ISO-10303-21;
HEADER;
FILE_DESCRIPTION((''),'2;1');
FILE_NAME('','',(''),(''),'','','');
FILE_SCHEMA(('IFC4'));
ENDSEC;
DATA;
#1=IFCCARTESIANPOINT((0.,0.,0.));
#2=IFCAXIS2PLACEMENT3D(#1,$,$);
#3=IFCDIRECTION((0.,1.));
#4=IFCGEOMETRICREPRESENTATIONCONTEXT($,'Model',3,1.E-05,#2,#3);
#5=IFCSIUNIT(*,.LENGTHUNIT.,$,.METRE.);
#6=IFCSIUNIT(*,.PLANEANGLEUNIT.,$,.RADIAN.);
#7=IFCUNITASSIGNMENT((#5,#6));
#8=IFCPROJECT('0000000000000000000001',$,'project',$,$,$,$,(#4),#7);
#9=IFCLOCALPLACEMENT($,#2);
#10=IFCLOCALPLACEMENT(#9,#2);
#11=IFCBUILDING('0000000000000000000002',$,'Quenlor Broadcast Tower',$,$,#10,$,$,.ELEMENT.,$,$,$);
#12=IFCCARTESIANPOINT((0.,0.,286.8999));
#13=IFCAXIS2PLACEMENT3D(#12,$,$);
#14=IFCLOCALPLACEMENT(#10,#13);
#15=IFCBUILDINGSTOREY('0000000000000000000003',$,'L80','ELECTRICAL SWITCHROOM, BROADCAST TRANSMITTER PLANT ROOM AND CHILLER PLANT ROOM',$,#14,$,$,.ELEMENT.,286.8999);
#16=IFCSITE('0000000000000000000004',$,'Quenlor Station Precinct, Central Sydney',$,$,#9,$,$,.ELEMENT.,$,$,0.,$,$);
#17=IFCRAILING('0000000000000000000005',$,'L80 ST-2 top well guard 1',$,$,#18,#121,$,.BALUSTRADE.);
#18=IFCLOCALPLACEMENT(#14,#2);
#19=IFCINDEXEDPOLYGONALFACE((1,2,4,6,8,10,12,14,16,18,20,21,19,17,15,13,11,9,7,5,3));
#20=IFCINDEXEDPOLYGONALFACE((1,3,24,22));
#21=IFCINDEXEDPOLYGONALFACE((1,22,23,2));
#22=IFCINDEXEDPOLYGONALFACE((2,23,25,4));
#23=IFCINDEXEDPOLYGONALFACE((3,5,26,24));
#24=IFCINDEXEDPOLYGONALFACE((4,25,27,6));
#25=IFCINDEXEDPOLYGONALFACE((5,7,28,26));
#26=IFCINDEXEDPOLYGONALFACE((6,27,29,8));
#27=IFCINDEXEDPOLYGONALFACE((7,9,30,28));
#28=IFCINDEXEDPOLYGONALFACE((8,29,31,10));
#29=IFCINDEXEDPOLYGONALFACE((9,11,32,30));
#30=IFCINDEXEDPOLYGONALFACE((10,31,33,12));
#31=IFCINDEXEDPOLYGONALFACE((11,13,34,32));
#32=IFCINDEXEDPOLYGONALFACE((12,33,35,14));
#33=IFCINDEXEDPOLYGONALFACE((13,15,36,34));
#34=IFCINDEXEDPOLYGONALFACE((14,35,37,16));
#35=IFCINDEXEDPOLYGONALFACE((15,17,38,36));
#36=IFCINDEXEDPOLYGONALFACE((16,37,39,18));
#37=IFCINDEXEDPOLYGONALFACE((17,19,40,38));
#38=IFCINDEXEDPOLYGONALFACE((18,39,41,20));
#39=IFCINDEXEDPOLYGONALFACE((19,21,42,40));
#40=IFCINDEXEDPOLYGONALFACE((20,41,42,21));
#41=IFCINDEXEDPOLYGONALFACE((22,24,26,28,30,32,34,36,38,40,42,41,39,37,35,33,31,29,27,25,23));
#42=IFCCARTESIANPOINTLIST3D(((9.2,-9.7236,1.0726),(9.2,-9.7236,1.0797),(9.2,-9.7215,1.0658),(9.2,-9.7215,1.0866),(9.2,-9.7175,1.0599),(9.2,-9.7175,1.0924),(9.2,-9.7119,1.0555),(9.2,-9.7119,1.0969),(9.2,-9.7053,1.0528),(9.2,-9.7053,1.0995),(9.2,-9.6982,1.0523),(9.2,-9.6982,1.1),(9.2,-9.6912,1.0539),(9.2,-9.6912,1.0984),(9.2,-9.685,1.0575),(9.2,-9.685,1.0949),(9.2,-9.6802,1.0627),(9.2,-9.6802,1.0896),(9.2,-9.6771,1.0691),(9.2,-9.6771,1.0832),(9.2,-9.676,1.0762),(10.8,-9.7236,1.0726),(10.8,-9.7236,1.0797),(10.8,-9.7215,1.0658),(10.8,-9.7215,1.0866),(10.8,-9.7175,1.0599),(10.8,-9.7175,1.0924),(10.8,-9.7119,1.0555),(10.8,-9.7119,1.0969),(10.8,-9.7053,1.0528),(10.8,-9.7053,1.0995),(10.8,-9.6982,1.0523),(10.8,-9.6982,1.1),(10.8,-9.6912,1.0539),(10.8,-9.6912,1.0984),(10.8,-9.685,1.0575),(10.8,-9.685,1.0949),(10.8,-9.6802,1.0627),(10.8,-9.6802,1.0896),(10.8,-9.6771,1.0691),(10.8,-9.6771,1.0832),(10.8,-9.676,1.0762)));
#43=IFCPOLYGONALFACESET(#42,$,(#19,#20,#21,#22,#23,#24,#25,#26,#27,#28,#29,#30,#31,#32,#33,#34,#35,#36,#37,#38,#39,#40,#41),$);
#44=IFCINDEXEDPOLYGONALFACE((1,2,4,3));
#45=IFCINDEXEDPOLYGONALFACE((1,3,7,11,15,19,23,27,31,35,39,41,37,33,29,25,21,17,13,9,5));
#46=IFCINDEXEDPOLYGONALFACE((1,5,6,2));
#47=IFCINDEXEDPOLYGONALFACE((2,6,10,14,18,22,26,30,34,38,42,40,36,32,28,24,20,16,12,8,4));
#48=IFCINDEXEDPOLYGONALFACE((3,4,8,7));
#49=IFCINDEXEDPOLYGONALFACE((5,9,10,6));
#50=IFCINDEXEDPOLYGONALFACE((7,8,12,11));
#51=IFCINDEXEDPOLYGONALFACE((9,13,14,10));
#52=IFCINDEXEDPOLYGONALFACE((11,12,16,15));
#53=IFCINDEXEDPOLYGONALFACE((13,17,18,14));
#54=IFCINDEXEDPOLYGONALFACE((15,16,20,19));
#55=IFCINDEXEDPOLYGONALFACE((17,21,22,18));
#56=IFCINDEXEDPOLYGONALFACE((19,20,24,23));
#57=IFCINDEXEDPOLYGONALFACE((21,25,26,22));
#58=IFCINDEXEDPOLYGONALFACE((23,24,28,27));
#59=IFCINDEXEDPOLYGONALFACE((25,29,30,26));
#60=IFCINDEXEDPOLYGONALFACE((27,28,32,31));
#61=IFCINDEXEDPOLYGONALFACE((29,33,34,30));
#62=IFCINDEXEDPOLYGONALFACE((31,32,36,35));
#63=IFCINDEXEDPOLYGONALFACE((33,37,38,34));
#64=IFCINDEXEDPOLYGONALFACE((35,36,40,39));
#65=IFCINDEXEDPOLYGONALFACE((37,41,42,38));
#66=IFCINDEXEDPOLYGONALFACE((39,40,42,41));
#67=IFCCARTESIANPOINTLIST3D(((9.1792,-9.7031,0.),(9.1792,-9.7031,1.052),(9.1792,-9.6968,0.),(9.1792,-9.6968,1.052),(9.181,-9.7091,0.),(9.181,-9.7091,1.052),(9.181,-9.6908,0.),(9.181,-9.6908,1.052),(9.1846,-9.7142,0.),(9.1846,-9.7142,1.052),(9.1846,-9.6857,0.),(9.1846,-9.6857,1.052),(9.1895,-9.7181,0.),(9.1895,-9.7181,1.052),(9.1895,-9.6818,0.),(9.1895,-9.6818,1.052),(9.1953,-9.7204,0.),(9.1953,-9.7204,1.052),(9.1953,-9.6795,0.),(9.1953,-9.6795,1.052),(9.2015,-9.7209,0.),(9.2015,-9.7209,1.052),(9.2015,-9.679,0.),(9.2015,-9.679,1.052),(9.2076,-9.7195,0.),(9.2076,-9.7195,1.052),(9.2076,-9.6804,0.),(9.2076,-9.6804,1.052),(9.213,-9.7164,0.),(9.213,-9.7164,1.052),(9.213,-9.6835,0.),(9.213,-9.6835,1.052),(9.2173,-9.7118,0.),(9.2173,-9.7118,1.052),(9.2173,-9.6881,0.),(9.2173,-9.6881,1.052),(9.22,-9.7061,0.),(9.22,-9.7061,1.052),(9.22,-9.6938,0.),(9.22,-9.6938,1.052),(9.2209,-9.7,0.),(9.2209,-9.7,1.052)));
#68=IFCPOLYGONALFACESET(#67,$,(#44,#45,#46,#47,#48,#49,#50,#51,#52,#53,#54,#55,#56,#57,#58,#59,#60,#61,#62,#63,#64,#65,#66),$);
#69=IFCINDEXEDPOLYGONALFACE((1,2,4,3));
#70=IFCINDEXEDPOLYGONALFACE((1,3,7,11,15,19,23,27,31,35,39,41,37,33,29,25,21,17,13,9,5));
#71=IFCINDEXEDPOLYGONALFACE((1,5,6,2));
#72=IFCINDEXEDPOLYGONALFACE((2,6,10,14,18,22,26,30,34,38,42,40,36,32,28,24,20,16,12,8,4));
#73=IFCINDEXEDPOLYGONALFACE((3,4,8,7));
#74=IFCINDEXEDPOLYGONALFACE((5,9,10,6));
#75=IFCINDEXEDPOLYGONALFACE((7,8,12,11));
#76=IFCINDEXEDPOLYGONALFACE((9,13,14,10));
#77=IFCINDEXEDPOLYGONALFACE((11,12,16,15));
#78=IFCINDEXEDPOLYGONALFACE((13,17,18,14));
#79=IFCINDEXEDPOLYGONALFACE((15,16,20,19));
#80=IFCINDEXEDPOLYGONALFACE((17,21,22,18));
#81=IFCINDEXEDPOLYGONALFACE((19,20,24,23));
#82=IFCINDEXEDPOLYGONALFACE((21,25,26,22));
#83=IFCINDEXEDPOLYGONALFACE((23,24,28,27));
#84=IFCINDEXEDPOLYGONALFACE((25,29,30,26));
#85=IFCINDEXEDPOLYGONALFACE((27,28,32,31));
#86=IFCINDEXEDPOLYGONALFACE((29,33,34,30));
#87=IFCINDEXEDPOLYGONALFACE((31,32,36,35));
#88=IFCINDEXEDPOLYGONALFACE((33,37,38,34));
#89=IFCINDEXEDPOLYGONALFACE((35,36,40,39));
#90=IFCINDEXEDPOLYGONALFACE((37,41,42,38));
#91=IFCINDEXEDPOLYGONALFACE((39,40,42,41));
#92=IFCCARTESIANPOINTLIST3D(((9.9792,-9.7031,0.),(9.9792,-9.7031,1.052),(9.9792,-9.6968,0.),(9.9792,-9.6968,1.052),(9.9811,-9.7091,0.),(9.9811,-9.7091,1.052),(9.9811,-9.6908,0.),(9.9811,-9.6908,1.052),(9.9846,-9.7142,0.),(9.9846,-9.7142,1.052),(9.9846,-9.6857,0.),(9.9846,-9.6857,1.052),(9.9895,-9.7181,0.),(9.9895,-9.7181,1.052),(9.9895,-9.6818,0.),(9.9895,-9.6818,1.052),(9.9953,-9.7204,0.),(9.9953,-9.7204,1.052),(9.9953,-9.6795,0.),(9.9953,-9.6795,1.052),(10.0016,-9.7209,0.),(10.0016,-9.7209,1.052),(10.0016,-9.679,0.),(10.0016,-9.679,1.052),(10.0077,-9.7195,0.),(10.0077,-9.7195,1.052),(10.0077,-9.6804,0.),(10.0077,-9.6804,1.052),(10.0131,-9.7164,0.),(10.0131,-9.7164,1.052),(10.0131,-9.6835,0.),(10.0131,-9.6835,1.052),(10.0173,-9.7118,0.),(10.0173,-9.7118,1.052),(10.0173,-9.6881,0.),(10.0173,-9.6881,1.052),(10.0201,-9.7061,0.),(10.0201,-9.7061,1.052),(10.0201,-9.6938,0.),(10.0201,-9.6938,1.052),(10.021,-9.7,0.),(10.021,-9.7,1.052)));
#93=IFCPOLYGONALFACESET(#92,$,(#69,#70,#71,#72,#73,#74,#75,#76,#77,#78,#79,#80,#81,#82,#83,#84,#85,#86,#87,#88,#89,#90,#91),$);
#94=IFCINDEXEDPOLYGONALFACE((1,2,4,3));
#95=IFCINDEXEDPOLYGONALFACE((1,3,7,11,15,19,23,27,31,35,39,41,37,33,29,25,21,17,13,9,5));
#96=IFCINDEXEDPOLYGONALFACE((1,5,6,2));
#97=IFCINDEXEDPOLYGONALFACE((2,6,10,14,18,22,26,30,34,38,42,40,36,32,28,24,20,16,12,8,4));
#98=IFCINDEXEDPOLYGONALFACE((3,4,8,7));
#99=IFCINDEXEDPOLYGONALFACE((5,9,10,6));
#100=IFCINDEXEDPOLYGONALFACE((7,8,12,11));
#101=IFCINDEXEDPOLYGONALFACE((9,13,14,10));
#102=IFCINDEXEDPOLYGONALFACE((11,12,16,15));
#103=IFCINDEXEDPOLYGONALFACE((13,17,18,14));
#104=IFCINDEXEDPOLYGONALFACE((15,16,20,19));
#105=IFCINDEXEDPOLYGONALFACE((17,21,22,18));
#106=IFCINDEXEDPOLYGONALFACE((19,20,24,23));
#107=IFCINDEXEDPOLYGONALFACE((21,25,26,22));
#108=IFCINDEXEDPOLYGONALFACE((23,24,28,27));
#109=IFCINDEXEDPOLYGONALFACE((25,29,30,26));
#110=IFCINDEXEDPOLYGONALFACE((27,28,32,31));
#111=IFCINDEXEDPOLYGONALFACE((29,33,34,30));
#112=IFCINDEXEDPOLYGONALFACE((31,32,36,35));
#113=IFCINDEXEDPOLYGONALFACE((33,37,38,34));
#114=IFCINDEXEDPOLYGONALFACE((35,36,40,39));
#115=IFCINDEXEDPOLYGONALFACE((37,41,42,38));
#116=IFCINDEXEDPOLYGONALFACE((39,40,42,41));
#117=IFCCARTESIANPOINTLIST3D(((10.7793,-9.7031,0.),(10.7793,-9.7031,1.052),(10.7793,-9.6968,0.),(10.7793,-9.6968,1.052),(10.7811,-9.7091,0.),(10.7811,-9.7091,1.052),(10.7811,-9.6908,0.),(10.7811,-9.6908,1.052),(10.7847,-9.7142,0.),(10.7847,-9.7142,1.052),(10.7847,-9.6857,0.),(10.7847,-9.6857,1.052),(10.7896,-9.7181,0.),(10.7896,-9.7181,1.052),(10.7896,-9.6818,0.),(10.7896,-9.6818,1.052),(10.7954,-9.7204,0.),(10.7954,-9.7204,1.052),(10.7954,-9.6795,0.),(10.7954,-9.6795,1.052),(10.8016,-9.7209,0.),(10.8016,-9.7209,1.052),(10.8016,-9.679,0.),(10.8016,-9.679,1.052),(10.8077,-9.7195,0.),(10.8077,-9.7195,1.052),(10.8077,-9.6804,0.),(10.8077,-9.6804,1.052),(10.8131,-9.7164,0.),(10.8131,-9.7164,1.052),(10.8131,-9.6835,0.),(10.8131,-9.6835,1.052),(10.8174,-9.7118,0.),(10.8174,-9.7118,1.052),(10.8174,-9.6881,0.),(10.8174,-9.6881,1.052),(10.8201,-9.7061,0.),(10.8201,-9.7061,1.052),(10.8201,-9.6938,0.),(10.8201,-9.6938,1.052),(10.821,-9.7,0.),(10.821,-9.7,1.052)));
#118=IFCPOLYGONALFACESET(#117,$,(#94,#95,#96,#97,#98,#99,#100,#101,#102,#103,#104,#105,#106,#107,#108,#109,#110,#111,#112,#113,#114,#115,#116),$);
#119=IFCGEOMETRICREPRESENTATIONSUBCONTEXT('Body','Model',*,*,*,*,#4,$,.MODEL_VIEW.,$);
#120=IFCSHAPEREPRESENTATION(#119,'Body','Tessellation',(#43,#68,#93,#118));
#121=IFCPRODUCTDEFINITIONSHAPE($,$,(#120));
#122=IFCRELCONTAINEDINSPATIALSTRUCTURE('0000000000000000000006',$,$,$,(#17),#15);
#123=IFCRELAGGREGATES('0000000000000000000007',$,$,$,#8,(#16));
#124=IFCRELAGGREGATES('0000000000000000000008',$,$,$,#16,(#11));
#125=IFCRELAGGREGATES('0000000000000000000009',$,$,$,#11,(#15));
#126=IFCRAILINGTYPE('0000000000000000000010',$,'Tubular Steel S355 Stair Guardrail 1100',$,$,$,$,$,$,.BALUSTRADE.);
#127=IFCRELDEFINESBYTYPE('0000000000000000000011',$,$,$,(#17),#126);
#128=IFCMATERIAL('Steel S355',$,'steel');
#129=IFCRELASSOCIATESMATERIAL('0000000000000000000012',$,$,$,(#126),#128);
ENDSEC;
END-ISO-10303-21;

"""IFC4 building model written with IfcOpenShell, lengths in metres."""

from ifc_helpers import new_model, si_unit, direction, frame, origin, origin_2d, place, context, subcontext, project, spatial, circle, extrude, material, type_object, element, save


model = new_model("IFC4")

# Units and contexts
model_context = context("Model", 3, precision=1e-05, world=origin(), true_north=direction((0.0, 1.0)))
body_context = subcontext(model_context, "Body", "Model", "MODEL_VIEW")
ifc_project = project(units=[si_unit("LENGTHUNIT", "METRE"), si_unit("PLANEANGLEUNIT", "RADIAN")], contexts=[model_context])

# Site, building, storey
site_placement = place(None, origin())
site = spatial("IfcSite", under=ifc_project, at=site_placement, Name="Quenlor Station Precinct, Central Sydney", CompositionType="ELEMENT", RefElevation=0.0)
building_placement = place(site_placement, origin())
building = spatial("IfcBuilding", under=site, at=building_placement, Name="Quenlor Broadcast Tower", CompositionType="ELEMENT")
storey_placement = place(building_placement, frame((0.0, 0.0, 286.8999)))
storey = spatial("IfcBuildingStorey", under=building, at=storey_placement, Name="L80", Description="ELECTRICAL SWITCHROOM, BROADCAST TRANSMITTER PLANT ROOM AND CHILLER PLANT ROOM", CompositionType="ELEMENT", Elevation=286.8999)

# Railing
ifc_material_1 = material(Name="Steel S355", Category="steel")
railing_type = type_object("IfcRailingType", Name="Tubular Steel S355 Stair Guardrail 1100", PredefinedType="BALUSTRADE", material=ifc_material_1)
railing_placement = place(storey_placement, frame((9.2, -9.7, 0.0)))
element("IfcRailing", 1, at=railing_placement, inside=storey, type_object=railing_type, Name="L80 ST-2 top well guard 1", PredefinedType="BALUSTRADE", context=body_context, shape_type="SweptSolid", body=[
    extrude(circle(Radius=0.0239, at=origin_2d()), frame((0.0, 0.0, 1.0762), z_axis=(1.0, 0.0, 0.0), x_axis=(0.0, 1.0, 0.0)), (0.0, 0.0, 1.0), 1.6001),
    extrude(circle(Radius=0.021, at=origin_2d()), origin(), (0.0, 0.0, 1.0), 1.052),
    extrude(circle(Radius=0.021, at=origin_2d()), frame((0.8, 0.0, 0.0)), (0.0, 0.0, 1.0), 1.052),
    extrude(circle(Radius=0.021, at=origin_2d()), frame((1.6001, 0.0, 0.0)), (0.0, 0.0, 1.0), 1.052),
])

save(model, "model.ifc")
